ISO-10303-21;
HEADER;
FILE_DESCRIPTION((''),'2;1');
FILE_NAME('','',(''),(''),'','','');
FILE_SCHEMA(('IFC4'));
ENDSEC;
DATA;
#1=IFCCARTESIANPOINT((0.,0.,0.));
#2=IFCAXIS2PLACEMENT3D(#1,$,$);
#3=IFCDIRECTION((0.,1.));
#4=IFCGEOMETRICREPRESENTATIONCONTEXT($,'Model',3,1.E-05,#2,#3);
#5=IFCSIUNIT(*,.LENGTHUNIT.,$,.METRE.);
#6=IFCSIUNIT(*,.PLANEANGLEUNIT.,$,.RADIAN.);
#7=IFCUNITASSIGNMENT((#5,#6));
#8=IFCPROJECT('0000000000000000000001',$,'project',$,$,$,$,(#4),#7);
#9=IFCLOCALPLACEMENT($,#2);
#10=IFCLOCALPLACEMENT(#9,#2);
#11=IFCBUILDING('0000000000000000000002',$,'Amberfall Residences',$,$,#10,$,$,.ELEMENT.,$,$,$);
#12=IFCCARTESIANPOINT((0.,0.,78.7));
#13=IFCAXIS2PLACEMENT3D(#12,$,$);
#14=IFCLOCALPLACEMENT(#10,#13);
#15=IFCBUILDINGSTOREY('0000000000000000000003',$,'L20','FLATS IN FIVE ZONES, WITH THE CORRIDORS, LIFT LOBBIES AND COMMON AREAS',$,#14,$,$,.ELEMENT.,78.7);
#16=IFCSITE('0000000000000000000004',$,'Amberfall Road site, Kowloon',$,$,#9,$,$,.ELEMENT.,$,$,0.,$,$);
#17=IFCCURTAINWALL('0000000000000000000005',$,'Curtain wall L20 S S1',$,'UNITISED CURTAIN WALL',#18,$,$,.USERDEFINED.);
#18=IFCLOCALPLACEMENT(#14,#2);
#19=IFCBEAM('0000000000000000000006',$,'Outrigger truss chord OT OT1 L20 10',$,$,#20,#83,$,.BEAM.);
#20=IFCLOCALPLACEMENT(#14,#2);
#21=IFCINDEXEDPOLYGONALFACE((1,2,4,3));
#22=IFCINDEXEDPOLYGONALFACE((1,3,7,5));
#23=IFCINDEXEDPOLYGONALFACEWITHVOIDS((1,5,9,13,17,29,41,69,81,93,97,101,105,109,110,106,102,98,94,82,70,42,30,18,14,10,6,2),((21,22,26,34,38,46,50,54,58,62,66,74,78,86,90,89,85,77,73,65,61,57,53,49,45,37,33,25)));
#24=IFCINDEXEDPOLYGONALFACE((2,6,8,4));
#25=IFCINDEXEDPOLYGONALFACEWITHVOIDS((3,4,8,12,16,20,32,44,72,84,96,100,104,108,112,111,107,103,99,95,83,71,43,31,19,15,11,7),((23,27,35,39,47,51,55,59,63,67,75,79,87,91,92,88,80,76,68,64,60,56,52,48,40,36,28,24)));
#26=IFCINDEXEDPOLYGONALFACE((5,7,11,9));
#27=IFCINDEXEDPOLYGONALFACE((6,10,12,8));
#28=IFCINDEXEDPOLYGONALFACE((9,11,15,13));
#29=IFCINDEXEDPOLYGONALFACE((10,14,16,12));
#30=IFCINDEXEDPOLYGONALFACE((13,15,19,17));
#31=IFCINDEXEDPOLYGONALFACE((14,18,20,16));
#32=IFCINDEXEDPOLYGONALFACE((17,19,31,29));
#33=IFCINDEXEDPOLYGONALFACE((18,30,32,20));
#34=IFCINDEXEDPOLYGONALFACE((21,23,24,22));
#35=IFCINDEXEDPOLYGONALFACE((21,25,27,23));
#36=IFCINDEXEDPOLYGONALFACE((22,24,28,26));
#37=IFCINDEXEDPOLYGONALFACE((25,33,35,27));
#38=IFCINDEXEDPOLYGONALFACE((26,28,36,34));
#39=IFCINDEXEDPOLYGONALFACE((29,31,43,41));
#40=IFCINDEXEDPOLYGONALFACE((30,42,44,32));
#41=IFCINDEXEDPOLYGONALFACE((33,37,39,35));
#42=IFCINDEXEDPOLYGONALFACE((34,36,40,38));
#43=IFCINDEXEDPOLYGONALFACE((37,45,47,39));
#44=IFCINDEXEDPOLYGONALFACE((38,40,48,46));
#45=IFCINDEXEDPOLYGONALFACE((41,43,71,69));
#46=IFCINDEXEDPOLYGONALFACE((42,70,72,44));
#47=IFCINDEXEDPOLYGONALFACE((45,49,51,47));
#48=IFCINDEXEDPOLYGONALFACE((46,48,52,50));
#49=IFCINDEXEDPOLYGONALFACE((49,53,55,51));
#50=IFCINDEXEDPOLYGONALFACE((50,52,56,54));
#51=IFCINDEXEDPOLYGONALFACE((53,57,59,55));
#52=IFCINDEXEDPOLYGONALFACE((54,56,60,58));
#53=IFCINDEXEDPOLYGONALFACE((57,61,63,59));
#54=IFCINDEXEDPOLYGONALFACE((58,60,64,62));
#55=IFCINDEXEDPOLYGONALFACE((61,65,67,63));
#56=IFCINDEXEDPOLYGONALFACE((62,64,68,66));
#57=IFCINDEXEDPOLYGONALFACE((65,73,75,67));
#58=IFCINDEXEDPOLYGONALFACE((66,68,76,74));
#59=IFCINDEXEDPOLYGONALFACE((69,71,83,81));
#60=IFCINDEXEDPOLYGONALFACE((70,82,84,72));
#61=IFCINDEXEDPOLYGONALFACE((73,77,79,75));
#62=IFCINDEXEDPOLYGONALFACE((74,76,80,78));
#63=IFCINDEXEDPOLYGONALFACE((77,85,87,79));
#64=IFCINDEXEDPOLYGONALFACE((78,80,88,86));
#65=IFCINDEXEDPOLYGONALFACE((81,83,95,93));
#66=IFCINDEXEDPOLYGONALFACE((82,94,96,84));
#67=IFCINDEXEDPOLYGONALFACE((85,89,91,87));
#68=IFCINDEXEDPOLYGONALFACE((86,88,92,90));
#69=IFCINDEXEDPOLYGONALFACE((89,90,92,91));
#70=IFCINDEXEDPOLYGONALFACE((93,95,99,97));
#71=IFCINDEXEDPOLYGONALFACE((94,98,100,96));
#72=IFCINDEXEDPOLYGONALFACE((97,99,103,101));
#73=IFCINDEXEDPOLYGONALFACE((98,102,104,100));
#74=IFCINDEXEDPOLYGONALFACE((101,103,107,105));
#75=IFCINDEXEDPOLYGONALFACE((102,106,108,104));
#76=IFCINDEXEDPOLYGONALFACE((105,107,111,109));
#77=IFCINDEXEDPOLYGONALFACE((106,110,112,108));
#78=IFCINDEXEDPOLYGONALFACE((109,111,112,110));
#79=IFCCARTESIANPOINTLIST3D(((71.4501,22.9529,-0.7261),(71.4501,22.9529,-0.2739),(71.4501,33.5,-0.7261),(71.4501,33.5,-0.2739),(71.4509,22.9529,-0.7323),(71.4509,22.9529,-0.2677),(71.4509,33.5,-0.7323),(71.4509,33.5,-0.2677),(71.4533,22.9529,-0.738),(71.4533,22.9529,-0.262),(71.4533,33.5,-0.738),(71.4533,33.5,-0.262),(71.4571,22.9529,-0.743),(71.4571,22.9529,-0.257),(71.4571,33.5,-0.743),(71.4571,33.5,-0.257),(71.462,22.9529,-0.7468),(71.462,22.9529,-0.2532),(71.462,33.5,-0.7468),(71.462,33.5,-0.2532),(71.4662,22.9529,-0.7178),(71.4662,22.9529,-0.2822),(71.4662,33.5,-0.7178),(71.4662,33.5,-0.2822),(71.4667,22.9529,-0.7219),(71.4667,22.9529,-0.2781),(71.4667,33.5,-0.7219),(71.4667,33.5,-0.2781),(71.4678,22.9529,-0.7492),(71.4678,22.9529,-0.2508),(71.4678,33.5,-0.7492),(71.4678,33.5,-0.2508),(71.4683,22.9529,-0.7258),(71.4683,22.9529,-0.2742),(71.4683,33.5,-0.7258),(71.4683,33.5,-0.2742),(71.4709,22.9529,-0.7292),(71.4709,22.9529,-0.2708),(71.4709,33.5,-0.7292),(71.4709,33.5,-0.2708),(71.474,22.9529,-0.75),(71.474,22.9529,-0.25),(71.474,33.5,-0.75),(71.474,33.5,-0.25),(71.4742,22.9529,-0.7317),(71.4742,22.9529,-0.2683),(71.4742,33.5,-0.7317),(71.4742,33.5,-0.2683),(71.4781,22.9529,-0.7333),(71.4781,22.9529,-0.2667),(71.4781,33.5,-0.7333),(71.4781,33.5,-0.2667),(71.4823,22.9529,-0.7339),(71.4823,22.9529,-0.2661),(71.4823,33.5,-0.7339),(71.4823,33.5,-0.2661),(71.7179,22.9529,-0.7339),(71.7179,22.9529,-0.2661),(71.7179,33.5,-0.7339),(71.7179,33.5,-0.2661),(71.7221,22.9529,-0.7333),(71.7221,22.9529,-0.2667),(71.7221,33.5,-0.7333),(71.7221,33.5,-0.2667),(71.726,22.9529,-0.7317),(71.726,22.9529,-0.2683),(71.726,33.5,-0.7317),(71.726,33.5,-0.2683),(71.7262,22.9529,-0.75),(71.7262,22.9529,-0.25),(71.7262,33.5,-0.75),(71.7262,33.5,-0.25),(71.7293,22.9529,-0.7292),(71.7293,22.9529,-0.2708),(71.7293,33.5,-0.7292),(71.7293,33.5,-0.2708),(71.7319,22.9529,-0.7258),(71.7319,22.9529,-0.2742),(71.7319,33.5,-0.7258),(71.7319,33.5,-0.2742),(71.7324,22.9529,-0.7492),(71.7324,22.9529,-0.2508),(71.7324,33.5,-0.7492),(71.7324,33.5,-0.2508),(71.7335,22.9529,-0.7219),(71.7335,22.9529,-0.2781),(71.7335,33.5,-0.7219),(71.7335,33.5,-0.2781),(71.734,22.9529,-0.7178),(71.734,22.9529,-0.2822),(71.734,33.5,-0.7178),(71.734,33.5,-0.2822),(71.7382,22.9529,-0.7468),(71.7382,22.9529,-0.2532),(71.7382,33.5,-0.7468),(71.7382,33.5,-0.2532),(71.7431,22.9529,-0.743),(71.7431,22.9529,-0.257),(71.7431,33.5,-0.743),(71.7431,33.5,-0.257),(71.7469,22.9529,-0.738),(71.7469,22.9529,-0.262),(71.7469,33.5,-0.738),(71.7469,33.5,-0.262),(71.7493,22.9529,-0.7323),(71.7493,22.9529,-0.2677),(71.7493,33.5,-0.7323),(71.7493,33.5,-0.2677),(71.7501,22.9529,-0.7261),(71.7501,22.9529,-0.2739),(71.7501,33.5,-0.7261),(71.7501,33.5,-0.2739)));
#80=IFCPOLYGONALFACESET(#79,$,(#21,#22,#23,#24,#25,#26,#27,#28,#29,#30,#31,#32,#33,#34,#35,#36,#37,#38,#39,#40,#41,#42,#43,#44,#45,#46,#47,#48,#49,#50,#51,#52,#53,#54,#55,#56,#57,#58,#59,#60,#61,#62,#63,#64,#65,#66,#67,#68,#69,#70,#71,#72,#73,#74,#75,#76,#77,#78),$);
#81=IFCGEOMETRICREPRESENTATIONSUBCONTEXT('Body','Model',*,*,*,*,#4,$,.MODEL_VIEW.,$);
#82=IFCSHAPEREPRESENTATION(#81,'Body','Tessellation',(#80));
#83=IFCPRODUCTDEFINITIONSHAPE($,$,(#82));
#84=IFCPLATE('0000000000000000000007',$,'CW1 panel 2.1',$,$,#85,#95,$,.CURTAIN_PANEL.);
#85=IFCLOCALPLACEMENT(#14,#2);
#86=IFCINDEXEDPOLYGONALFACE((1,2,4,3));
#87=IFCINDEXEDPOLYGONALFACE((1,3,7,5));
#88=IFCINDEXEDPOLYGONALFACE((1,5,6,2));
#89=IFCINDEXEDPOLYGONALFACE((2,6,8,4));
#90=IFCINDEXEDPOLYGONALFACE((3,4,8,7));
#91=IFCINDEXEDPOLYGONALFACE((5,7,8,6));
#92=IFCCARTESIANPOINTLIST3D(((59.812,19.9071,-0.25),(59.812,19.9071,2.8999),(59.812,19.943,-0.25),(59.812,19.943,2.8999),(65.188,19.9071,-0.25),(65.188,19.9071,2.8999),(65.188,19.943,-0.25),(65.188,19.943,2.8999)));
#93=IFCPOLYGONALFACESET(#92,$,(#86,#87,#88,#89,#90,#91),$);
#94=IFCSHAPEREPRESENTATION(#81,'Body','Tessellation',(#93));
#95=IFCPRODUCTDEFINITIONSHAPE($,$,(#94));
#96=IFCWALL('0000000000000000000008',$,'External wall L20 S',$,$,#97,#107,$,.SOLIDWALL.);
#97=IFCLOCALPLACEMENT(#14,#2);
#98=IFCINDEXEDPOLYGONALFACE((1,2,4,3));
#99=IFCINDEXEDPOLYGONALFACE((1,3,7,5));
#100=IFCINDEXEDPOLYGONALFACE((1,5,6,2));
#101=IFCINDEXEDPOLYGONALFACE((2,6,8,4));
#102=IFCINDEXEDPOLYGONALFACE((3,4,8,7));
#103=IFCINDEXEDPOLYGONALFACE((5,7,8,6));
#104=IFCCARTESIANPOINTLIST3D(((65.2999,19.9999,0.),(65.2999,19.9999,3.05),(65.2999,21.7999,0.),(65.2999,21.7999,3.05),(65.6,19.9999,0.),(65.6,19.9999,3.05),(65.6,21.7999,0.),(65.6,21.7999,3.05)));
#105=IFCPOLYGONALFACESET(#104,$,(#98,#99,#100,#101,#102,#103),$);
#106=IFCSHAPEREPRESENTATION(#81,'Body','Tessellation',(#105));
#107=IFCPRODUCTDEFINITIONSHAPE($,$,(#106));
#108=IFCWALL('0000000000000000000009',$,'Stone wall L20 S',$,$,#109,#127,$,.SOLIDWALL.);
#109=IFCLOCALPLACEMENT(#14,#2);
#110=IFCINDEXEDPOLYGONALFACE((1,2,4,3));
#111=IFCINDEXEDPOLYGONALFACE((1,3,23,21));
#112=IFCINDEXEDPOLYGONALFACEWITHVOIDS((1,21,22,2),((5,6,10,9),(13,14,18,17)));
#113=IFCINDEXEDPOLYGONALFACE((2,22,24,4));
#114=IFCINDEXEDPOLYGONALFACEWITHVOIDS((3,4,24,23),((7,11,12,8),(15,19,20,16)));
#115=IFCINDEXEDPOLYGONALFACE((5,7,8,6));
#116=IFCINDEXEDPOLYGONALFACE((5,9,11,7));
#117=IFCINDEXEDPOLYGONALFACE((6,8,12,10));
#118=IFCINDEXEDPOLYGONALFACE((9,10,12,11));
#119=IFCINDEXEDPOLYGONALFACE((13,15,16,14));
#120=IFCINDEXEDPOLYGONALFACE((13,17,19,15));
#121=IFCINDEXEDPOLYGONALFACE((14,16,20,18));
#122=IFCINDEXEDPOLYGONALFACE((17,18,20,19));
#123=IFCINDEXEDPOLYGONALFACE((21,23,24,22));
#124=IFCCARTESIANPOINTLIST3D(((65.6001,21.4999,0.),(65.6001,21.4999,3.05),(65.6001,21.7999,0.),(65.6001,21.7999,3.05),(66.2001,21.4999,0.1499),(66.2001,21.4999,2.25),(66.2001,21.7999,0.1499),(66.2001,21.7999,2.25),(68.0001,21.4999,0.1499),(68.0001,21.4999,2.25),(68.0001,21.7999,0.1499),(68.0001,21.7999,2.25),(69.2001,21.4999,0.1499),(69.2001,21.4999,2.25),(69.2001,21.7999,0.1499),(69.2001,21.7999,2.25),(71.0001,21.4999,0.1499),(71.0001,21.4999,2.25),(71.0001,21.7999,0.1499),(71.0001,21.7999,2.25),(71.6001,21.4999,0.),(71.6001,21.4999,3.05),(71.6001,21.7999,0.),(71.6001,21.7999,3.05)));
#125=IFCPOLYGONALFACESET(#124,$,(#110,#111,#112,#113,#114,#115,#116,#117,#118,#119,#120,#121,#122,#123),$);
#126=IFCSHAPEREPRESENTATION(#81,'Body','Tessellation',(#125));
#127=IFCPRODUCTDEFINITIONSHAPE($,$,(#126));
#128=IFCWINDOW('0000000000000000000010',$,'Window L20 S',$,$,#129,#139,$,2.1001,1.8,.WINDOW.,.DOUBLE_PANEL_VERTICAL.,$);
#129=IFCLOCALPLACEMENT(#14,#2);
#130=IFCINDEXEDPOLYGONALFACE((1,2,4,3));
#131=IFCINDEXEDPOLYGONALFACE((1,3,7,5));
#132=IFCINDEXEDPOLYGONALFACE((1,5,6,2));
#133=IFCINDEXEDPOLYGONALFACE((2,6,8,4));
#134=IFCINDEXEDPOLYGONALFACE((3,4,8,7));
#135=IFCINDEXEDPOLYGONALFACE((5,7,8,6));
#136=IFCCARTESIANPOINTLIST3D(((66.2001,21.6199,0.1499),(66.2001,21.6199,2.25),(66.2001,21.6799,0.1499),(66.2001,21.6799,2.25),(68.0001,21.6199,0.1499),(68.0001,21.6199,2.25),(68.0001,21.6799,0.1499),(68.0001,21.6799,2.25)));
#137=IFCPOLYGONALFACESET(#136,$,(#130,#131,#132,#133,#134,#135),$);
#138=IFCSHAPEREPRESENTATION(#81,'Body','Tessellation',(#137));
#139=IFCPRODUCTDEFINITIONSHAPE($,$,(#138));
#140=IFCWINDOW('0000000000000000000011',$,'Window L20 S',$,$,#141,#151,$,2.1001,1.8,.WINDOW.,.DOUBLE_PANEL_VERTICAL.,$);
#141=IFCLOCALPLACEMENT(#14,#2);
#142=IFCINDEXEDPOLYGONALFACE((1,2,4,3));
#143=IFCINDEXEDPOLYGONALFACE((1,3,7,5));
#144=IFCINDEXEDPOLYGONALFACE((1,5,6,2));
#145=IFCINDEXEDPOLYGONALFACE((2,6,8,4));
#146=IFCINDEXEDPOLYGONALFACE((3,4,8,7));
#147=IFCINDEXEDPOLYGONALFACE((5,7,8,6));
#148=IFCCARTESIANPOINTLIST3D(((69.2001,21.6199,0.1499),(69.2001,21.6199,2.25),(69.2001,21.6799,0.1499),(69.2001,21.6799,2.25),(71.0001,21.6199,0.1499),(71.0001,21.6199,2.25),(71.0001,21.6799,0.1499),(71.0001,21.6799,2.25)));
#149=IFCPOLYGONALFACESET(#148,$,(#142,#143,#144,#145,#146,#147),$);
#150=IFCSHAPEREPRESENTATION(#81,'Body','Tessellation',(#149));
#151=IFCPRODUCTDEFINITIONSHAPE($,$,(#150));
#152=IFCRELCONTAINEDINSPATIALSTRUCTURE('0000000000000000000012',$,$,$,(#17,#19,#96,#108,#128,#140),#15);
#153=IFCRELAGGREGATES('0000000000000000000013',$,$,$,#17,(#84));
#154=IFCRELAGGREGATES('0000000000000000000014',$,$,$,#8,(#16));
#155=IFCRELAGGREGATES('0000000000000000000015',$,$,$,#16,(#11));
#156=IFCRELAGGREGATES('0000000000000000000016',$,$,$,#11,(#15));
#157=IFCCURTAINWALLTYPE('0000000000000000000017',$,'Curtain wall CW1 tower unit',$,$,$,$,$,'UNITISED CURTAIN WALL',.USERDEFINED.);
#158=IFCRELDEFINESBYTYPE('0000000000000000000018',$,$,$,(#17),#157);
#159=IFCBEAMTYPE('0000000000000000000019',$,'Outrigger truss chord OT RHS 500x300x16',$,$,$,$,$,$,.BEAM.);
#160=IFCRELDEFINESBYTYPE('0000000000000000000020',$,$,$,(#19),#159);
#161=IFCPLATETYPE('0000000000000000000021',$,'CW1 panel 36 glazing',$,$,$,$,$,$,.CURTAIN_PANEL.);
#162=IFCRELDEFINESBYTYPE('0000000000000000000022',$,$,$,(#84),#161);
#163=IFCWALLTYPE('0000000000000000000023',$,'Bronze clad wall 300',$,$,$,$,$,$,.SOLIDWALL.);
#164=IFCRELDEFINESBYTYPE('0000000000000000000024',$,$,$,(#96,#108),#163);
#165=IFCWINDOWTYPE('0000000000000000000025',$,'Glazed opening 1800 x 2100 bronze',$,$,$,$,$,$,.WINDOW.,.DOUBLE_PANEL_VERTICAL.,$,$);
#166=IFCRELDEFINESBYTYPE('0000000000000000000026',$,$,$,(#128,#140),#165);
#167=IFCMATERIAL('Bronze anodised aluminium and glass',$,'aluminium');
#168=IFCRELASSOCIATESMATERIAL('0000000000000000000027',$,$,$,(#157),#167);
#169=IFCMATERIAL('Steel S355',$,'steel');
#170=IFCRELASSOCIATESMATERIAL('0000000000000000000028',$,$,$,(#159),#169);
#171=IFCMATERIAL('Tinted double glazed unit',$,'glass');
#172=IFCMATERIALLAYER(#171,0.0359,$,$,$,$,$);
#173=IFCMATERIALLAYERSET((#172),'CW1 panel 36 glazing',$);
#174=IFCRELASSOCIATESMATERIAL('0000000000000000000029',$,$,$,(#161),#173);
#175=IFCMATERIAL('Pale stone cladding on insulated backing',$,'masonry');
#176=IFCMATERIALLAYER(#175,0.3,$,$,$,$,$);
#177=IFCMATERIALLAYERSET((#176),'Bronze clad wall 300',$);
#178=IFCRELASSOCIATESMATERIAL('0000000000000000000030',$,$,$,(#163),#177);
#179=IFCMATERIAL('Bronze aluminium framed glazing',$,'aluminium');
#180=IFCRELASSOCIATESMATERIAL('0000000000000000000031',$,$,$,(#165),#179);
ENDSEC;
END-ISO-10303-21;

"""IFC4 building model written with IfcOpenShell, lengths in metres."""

from ifc_helpers import new_model, si_unit, direction, frame, frame_2d, origin, origin_2d, place, context, subcontext, project, spatial, rectangle, hollow_rectangle, extrude, material, layer, layer_set, material_profile, profile_set, type_object, element, fill, aggregate, save


model = new_model("IFC4")

# Units and contexts
model_context = context("Model", 3, precision=1e-05, world=origin(), true_north=direction((0.0, 1.0)))
body_context = subcontext(model_context, "Body", "Model", "MODEL_VIEW")
ifc_project = project(units=[si_unit("LENGTHUNIT", "METRE"), si_unit("PLANEANGLEUNIT", "RADIAN")], contexts=[model_context])

# Site, building, storey
site_placement = place(None, origin())
site = spatial("IfcSite", under=ifc_project, at=site_placement, Name="Amberfall Road site, Kowloon", CompositionType="ELEMENT", RefElevation=0.0)
building_placement = place(site_placement, origin())
building = spatial("IfcBuilding", under=site, at=building_placement, Name="Amberfall Residences", CompositionType="ELEMENT")
storey_placement = place(building_placement, frame((0.0, 0.0, 78.7)))
storey = spatial("IfcBuildingStorey", under=building, at=storey_placement, Name="L20", Description="FLATS IN FIVE ZONES, WITH THE CORRIDORS, LIFT LOBBIES AND COMMON AREAS", CompositionType="ELEMENT", Elevation=78.7)

# Shared definitions
ifc_material_1 = material(Name="Steel S355", Category="steel")

# Curtain wall
ifc_material_2 = material(Name="Bronze anodised aluminium and glass", Category="aluminium")
curtain_wall_type = type_object("IfcCurtainWallType", Name="Curtain wall CW1 tower unit", ElementType="UNITISED CURTAIN WALL", PredefinedType="USERDEFINED", material=ifc_material_2)
curtain_wall_placement = place(storey_placement, origin())
curtain_wall = element("IfcCurtainWall", 1, at=curtain_wall_placement, inside=storey, type_object=curtain_wall_type, Name="Curtain wall L20 S S1", ObjectType="UNITISED CURTAIN WALL", PredefinedType="USERDEFINED")

# Beam
ifc_material_profile_1 = material_profile(ifc_material_1, hollow_rectangle(XDim=0.3, YDim=0.5, WallThickness=0.0161, InnerFilletRadius=0.0161, OuterFilletRadius=0.0239, at=origin_2d()), Name="RHS 500x300x16")
ifc_profile_set_1 = profile_set([ifc_material_profile_1], Name="Steel S355")
beam_type_1 = type_object("IfcBeamType", Name="Outrigger truss chord OT RHS 500x300x16", PredefinedType="BEAM", material=ifc_profile_set_1)
beam_1_placement = place(storey_placement, frame((71.6001, 22.9529, -0.5), z_axis=(0.0, 1.0, 0.0), x_axis=(-1.0, 0.0, 0.0)))
element("IfcBeam", 2, at=beam_1_placement, inside=storey, type_object=beam_type_1, Name="Outrigger truss chord OT OT1 L20 10", PredefinedType="BEAM", context=body_context, shape_type="SweptSolid", body=[
    extrude(hollow_rectangle(XDim=0.3, YDim=0.5, WallThickness=0.0161, InnerFilletRadius=0.0161, OuterFilletRadius=0.0239, at=origin_2d()), origin(), (0.0, 0.0, 1.0), 10.5471),
])

# Plate
ifc_material_3 = material(Name="Tinted double glazed unit", Category="glass")
ifc_layer_1 = layer(ifc_material_3, 0.0359)
ifc_layer_set_1 = layer_set([ifc_layer_1], Name="CW1 panel 36 glazing")
plate_type = type_object("IfcPlateType", Name="CW1 panel 36 glazing", PredefinedType="CURTAIN_PANEL", material=ifc_layer_set_1)
plate_placement = place(storey_placement, frame((62.5, 19.925, -0.25), z_axis=(0.0, 0.0, 1.0), x_axis=(1.0, 0.0, 0.0)))
plate = element("IfcPlate", 3, at=plate_placement, type_object=plate_type, Name="CW1 panel 2.1", PredefinedType="CURTAIN_PANEL", context=body_context, shape_type="SweptSolid", body=[
    extrude(rectangle(XDim=5.376, YDim=0.0359, at=origin_2d()), origin(), (0.0, 0.0, 1.0), 3.1499),
])
aggregate(curtain_wall, [plate])

# Wall
ifc_material_4 = material(Name="Pale stone cladding on insulated backing", Category="masonry")
ifc_layer_2 = layer(ifc_material_4, 0.3)
ifc_layer_set_2 = layer_set([ifc_layer_2], Name="Bronze clad wall 300")
wall_type_1 = type_object("IfcWallType", Name="Bronze clad wall 300", PredefinedType="SOLIDWALL", material=ifc_layer_set_2)
wall_1_placement = place(storey_placement, frame((65.45, 20.0, 0.0), z_axis=(0.0, 0.0, 1.0), x_axis=(0.0, 1.0, 0.0)))
element("IfcWall", 4, at=wall_1_placement, inside=storey, type_object=wall_type_1, Name="External wall L20 S", PredefinedType="SOLIDWALL", context=body_context, shape_type="SweptSolid", body=[
    extrude(rectangle(XDim=1.8, YDim=0.3, at=frame_2d((0.8999, 0.0))), origin(), (0.0, 0.0, 1.0), 3.05),
])

# Wall, openings, windows
wall_2_placement = place(storey_placement, frame((65.6001, 21.6499, 0.0), z_axis=(0.0, 0.0, 1.0), x_axis=(1.0, 0.0, 0.0)))
wall_2 = element("IfcWall", 5, at=wall_2_placement, inside=storey, type_object=wall_type_1, Name="Stone wall L20 S", PredefinedType="SOLIDWALL", context=body_context, shape_type="SweptSolid", body=[
    extrude(rectangle(XDim=6.0, YDim=0.3, at=frame_2d((3.0, 0.0))), origin(), (0.0, 0.0, 1.0), 3.05),
])
opening_1_placement = place(wall_2_placement, frame((0.6001, 0.0, 0.1499)))
opening_1 = element("IfcOpeningElement", 6, at=opening_1_placement, cuts=wall_2, PredefinedType="OPENING", context=body_context, shape_type="SweptSolid", body=[
    extrude(rectangle(XDim=1.8, YDim=2.1001, at=frame_2d((0.8999, 1.05))), frame((0.0, 0.1599, 0.0), z_axis=(0.0, -1.0, 0.0), x_axis=(1.0, 0.0, 0.0)), (0.0, 0.0, 1.0), 0.3201),
])
opening_2_placement = place(wall_2_placement, frame((3.6001, 0.0, 0.1499)))
opening_2 = element("IfcOpeningElement", 7, at=opening_2_placement, cuts=wall_2, PredefinedType="OPENING", context=body_context, shape_type="SweptSolid", body=[
    extrude(rectangle(XDim=1.8, YDim=2.1001, at=frame_2d((0.8999, 1.05))), frame((0.0, 0.1599, 0.0), z_axis=(0.0, -1.0, 0.0), x_axis=(1.0, 0.0, 0.0)), (0.0, 0.0, 1.0), 0.3201),
])
ifc_material_5 = material(Name="Bronze aluminium framed glazing", Category="aluminium")
window_type = type_object("IfcWindowType", Name="Glazed opening 1800 x 2100 bronze", PartitioningType="DOUBLE_PANEL_VERTICAL", PredefinedType="WINDOW", material=ifc_material_5)
window_1_placement = place(opening_1_placement, origin())
window_1 = element("IfcWindow", 8, at=window_1_placement, inside=storey, type_object=window_type, Name="Window L20 S", OverallHeight=2.1001, OverallWidth=1.8, PartitioningType="DOUBLE_PANEL_VERTICAL", PredefinedType="WINDOW", context=body_context, shape_type="SweptSolid", body=[
    extrude(rectangle(XDim=1.8, YDim=2.1001, at=frame_2d((0.8999, 1.05))), frame((0.0, 0.03, 0.0), z_axis=(0.0, -1.0, 0.0), x_axis=(1.0, 0.0, 0.0)), (0.0, 0.0, 1.0), 0.0601),
])
fill(opening_1, window_1)
window_2_placement = place(opening_2_placement, origin())
window_2 = element("IfcWindow", 9, at=window_2_placement, inside=storey, type_object=window_type, Name="Window L20 S", OverallHeight=2.1001, OverallWidth=1.8, PartitioningType="DOUBLE_PANEL_VERTICAL", PredefinedType="WINDOW", context=body_context, shape_type="SweptSolid", body=[
    extrude(rectangle(XDim=1.8, YDim=2.1001, at=frame_2d((0.8999, 1.05))), frame((0.0, 0.03, 0.0), z_axis=(0.0, -1.0, 0.0), x_axis=(1.0, 0.0, 0.0)), (0.0, 0.0, 1.0), 0.0601),
])
fill(opening_2, window_2)

save(model, "model.ifc")
